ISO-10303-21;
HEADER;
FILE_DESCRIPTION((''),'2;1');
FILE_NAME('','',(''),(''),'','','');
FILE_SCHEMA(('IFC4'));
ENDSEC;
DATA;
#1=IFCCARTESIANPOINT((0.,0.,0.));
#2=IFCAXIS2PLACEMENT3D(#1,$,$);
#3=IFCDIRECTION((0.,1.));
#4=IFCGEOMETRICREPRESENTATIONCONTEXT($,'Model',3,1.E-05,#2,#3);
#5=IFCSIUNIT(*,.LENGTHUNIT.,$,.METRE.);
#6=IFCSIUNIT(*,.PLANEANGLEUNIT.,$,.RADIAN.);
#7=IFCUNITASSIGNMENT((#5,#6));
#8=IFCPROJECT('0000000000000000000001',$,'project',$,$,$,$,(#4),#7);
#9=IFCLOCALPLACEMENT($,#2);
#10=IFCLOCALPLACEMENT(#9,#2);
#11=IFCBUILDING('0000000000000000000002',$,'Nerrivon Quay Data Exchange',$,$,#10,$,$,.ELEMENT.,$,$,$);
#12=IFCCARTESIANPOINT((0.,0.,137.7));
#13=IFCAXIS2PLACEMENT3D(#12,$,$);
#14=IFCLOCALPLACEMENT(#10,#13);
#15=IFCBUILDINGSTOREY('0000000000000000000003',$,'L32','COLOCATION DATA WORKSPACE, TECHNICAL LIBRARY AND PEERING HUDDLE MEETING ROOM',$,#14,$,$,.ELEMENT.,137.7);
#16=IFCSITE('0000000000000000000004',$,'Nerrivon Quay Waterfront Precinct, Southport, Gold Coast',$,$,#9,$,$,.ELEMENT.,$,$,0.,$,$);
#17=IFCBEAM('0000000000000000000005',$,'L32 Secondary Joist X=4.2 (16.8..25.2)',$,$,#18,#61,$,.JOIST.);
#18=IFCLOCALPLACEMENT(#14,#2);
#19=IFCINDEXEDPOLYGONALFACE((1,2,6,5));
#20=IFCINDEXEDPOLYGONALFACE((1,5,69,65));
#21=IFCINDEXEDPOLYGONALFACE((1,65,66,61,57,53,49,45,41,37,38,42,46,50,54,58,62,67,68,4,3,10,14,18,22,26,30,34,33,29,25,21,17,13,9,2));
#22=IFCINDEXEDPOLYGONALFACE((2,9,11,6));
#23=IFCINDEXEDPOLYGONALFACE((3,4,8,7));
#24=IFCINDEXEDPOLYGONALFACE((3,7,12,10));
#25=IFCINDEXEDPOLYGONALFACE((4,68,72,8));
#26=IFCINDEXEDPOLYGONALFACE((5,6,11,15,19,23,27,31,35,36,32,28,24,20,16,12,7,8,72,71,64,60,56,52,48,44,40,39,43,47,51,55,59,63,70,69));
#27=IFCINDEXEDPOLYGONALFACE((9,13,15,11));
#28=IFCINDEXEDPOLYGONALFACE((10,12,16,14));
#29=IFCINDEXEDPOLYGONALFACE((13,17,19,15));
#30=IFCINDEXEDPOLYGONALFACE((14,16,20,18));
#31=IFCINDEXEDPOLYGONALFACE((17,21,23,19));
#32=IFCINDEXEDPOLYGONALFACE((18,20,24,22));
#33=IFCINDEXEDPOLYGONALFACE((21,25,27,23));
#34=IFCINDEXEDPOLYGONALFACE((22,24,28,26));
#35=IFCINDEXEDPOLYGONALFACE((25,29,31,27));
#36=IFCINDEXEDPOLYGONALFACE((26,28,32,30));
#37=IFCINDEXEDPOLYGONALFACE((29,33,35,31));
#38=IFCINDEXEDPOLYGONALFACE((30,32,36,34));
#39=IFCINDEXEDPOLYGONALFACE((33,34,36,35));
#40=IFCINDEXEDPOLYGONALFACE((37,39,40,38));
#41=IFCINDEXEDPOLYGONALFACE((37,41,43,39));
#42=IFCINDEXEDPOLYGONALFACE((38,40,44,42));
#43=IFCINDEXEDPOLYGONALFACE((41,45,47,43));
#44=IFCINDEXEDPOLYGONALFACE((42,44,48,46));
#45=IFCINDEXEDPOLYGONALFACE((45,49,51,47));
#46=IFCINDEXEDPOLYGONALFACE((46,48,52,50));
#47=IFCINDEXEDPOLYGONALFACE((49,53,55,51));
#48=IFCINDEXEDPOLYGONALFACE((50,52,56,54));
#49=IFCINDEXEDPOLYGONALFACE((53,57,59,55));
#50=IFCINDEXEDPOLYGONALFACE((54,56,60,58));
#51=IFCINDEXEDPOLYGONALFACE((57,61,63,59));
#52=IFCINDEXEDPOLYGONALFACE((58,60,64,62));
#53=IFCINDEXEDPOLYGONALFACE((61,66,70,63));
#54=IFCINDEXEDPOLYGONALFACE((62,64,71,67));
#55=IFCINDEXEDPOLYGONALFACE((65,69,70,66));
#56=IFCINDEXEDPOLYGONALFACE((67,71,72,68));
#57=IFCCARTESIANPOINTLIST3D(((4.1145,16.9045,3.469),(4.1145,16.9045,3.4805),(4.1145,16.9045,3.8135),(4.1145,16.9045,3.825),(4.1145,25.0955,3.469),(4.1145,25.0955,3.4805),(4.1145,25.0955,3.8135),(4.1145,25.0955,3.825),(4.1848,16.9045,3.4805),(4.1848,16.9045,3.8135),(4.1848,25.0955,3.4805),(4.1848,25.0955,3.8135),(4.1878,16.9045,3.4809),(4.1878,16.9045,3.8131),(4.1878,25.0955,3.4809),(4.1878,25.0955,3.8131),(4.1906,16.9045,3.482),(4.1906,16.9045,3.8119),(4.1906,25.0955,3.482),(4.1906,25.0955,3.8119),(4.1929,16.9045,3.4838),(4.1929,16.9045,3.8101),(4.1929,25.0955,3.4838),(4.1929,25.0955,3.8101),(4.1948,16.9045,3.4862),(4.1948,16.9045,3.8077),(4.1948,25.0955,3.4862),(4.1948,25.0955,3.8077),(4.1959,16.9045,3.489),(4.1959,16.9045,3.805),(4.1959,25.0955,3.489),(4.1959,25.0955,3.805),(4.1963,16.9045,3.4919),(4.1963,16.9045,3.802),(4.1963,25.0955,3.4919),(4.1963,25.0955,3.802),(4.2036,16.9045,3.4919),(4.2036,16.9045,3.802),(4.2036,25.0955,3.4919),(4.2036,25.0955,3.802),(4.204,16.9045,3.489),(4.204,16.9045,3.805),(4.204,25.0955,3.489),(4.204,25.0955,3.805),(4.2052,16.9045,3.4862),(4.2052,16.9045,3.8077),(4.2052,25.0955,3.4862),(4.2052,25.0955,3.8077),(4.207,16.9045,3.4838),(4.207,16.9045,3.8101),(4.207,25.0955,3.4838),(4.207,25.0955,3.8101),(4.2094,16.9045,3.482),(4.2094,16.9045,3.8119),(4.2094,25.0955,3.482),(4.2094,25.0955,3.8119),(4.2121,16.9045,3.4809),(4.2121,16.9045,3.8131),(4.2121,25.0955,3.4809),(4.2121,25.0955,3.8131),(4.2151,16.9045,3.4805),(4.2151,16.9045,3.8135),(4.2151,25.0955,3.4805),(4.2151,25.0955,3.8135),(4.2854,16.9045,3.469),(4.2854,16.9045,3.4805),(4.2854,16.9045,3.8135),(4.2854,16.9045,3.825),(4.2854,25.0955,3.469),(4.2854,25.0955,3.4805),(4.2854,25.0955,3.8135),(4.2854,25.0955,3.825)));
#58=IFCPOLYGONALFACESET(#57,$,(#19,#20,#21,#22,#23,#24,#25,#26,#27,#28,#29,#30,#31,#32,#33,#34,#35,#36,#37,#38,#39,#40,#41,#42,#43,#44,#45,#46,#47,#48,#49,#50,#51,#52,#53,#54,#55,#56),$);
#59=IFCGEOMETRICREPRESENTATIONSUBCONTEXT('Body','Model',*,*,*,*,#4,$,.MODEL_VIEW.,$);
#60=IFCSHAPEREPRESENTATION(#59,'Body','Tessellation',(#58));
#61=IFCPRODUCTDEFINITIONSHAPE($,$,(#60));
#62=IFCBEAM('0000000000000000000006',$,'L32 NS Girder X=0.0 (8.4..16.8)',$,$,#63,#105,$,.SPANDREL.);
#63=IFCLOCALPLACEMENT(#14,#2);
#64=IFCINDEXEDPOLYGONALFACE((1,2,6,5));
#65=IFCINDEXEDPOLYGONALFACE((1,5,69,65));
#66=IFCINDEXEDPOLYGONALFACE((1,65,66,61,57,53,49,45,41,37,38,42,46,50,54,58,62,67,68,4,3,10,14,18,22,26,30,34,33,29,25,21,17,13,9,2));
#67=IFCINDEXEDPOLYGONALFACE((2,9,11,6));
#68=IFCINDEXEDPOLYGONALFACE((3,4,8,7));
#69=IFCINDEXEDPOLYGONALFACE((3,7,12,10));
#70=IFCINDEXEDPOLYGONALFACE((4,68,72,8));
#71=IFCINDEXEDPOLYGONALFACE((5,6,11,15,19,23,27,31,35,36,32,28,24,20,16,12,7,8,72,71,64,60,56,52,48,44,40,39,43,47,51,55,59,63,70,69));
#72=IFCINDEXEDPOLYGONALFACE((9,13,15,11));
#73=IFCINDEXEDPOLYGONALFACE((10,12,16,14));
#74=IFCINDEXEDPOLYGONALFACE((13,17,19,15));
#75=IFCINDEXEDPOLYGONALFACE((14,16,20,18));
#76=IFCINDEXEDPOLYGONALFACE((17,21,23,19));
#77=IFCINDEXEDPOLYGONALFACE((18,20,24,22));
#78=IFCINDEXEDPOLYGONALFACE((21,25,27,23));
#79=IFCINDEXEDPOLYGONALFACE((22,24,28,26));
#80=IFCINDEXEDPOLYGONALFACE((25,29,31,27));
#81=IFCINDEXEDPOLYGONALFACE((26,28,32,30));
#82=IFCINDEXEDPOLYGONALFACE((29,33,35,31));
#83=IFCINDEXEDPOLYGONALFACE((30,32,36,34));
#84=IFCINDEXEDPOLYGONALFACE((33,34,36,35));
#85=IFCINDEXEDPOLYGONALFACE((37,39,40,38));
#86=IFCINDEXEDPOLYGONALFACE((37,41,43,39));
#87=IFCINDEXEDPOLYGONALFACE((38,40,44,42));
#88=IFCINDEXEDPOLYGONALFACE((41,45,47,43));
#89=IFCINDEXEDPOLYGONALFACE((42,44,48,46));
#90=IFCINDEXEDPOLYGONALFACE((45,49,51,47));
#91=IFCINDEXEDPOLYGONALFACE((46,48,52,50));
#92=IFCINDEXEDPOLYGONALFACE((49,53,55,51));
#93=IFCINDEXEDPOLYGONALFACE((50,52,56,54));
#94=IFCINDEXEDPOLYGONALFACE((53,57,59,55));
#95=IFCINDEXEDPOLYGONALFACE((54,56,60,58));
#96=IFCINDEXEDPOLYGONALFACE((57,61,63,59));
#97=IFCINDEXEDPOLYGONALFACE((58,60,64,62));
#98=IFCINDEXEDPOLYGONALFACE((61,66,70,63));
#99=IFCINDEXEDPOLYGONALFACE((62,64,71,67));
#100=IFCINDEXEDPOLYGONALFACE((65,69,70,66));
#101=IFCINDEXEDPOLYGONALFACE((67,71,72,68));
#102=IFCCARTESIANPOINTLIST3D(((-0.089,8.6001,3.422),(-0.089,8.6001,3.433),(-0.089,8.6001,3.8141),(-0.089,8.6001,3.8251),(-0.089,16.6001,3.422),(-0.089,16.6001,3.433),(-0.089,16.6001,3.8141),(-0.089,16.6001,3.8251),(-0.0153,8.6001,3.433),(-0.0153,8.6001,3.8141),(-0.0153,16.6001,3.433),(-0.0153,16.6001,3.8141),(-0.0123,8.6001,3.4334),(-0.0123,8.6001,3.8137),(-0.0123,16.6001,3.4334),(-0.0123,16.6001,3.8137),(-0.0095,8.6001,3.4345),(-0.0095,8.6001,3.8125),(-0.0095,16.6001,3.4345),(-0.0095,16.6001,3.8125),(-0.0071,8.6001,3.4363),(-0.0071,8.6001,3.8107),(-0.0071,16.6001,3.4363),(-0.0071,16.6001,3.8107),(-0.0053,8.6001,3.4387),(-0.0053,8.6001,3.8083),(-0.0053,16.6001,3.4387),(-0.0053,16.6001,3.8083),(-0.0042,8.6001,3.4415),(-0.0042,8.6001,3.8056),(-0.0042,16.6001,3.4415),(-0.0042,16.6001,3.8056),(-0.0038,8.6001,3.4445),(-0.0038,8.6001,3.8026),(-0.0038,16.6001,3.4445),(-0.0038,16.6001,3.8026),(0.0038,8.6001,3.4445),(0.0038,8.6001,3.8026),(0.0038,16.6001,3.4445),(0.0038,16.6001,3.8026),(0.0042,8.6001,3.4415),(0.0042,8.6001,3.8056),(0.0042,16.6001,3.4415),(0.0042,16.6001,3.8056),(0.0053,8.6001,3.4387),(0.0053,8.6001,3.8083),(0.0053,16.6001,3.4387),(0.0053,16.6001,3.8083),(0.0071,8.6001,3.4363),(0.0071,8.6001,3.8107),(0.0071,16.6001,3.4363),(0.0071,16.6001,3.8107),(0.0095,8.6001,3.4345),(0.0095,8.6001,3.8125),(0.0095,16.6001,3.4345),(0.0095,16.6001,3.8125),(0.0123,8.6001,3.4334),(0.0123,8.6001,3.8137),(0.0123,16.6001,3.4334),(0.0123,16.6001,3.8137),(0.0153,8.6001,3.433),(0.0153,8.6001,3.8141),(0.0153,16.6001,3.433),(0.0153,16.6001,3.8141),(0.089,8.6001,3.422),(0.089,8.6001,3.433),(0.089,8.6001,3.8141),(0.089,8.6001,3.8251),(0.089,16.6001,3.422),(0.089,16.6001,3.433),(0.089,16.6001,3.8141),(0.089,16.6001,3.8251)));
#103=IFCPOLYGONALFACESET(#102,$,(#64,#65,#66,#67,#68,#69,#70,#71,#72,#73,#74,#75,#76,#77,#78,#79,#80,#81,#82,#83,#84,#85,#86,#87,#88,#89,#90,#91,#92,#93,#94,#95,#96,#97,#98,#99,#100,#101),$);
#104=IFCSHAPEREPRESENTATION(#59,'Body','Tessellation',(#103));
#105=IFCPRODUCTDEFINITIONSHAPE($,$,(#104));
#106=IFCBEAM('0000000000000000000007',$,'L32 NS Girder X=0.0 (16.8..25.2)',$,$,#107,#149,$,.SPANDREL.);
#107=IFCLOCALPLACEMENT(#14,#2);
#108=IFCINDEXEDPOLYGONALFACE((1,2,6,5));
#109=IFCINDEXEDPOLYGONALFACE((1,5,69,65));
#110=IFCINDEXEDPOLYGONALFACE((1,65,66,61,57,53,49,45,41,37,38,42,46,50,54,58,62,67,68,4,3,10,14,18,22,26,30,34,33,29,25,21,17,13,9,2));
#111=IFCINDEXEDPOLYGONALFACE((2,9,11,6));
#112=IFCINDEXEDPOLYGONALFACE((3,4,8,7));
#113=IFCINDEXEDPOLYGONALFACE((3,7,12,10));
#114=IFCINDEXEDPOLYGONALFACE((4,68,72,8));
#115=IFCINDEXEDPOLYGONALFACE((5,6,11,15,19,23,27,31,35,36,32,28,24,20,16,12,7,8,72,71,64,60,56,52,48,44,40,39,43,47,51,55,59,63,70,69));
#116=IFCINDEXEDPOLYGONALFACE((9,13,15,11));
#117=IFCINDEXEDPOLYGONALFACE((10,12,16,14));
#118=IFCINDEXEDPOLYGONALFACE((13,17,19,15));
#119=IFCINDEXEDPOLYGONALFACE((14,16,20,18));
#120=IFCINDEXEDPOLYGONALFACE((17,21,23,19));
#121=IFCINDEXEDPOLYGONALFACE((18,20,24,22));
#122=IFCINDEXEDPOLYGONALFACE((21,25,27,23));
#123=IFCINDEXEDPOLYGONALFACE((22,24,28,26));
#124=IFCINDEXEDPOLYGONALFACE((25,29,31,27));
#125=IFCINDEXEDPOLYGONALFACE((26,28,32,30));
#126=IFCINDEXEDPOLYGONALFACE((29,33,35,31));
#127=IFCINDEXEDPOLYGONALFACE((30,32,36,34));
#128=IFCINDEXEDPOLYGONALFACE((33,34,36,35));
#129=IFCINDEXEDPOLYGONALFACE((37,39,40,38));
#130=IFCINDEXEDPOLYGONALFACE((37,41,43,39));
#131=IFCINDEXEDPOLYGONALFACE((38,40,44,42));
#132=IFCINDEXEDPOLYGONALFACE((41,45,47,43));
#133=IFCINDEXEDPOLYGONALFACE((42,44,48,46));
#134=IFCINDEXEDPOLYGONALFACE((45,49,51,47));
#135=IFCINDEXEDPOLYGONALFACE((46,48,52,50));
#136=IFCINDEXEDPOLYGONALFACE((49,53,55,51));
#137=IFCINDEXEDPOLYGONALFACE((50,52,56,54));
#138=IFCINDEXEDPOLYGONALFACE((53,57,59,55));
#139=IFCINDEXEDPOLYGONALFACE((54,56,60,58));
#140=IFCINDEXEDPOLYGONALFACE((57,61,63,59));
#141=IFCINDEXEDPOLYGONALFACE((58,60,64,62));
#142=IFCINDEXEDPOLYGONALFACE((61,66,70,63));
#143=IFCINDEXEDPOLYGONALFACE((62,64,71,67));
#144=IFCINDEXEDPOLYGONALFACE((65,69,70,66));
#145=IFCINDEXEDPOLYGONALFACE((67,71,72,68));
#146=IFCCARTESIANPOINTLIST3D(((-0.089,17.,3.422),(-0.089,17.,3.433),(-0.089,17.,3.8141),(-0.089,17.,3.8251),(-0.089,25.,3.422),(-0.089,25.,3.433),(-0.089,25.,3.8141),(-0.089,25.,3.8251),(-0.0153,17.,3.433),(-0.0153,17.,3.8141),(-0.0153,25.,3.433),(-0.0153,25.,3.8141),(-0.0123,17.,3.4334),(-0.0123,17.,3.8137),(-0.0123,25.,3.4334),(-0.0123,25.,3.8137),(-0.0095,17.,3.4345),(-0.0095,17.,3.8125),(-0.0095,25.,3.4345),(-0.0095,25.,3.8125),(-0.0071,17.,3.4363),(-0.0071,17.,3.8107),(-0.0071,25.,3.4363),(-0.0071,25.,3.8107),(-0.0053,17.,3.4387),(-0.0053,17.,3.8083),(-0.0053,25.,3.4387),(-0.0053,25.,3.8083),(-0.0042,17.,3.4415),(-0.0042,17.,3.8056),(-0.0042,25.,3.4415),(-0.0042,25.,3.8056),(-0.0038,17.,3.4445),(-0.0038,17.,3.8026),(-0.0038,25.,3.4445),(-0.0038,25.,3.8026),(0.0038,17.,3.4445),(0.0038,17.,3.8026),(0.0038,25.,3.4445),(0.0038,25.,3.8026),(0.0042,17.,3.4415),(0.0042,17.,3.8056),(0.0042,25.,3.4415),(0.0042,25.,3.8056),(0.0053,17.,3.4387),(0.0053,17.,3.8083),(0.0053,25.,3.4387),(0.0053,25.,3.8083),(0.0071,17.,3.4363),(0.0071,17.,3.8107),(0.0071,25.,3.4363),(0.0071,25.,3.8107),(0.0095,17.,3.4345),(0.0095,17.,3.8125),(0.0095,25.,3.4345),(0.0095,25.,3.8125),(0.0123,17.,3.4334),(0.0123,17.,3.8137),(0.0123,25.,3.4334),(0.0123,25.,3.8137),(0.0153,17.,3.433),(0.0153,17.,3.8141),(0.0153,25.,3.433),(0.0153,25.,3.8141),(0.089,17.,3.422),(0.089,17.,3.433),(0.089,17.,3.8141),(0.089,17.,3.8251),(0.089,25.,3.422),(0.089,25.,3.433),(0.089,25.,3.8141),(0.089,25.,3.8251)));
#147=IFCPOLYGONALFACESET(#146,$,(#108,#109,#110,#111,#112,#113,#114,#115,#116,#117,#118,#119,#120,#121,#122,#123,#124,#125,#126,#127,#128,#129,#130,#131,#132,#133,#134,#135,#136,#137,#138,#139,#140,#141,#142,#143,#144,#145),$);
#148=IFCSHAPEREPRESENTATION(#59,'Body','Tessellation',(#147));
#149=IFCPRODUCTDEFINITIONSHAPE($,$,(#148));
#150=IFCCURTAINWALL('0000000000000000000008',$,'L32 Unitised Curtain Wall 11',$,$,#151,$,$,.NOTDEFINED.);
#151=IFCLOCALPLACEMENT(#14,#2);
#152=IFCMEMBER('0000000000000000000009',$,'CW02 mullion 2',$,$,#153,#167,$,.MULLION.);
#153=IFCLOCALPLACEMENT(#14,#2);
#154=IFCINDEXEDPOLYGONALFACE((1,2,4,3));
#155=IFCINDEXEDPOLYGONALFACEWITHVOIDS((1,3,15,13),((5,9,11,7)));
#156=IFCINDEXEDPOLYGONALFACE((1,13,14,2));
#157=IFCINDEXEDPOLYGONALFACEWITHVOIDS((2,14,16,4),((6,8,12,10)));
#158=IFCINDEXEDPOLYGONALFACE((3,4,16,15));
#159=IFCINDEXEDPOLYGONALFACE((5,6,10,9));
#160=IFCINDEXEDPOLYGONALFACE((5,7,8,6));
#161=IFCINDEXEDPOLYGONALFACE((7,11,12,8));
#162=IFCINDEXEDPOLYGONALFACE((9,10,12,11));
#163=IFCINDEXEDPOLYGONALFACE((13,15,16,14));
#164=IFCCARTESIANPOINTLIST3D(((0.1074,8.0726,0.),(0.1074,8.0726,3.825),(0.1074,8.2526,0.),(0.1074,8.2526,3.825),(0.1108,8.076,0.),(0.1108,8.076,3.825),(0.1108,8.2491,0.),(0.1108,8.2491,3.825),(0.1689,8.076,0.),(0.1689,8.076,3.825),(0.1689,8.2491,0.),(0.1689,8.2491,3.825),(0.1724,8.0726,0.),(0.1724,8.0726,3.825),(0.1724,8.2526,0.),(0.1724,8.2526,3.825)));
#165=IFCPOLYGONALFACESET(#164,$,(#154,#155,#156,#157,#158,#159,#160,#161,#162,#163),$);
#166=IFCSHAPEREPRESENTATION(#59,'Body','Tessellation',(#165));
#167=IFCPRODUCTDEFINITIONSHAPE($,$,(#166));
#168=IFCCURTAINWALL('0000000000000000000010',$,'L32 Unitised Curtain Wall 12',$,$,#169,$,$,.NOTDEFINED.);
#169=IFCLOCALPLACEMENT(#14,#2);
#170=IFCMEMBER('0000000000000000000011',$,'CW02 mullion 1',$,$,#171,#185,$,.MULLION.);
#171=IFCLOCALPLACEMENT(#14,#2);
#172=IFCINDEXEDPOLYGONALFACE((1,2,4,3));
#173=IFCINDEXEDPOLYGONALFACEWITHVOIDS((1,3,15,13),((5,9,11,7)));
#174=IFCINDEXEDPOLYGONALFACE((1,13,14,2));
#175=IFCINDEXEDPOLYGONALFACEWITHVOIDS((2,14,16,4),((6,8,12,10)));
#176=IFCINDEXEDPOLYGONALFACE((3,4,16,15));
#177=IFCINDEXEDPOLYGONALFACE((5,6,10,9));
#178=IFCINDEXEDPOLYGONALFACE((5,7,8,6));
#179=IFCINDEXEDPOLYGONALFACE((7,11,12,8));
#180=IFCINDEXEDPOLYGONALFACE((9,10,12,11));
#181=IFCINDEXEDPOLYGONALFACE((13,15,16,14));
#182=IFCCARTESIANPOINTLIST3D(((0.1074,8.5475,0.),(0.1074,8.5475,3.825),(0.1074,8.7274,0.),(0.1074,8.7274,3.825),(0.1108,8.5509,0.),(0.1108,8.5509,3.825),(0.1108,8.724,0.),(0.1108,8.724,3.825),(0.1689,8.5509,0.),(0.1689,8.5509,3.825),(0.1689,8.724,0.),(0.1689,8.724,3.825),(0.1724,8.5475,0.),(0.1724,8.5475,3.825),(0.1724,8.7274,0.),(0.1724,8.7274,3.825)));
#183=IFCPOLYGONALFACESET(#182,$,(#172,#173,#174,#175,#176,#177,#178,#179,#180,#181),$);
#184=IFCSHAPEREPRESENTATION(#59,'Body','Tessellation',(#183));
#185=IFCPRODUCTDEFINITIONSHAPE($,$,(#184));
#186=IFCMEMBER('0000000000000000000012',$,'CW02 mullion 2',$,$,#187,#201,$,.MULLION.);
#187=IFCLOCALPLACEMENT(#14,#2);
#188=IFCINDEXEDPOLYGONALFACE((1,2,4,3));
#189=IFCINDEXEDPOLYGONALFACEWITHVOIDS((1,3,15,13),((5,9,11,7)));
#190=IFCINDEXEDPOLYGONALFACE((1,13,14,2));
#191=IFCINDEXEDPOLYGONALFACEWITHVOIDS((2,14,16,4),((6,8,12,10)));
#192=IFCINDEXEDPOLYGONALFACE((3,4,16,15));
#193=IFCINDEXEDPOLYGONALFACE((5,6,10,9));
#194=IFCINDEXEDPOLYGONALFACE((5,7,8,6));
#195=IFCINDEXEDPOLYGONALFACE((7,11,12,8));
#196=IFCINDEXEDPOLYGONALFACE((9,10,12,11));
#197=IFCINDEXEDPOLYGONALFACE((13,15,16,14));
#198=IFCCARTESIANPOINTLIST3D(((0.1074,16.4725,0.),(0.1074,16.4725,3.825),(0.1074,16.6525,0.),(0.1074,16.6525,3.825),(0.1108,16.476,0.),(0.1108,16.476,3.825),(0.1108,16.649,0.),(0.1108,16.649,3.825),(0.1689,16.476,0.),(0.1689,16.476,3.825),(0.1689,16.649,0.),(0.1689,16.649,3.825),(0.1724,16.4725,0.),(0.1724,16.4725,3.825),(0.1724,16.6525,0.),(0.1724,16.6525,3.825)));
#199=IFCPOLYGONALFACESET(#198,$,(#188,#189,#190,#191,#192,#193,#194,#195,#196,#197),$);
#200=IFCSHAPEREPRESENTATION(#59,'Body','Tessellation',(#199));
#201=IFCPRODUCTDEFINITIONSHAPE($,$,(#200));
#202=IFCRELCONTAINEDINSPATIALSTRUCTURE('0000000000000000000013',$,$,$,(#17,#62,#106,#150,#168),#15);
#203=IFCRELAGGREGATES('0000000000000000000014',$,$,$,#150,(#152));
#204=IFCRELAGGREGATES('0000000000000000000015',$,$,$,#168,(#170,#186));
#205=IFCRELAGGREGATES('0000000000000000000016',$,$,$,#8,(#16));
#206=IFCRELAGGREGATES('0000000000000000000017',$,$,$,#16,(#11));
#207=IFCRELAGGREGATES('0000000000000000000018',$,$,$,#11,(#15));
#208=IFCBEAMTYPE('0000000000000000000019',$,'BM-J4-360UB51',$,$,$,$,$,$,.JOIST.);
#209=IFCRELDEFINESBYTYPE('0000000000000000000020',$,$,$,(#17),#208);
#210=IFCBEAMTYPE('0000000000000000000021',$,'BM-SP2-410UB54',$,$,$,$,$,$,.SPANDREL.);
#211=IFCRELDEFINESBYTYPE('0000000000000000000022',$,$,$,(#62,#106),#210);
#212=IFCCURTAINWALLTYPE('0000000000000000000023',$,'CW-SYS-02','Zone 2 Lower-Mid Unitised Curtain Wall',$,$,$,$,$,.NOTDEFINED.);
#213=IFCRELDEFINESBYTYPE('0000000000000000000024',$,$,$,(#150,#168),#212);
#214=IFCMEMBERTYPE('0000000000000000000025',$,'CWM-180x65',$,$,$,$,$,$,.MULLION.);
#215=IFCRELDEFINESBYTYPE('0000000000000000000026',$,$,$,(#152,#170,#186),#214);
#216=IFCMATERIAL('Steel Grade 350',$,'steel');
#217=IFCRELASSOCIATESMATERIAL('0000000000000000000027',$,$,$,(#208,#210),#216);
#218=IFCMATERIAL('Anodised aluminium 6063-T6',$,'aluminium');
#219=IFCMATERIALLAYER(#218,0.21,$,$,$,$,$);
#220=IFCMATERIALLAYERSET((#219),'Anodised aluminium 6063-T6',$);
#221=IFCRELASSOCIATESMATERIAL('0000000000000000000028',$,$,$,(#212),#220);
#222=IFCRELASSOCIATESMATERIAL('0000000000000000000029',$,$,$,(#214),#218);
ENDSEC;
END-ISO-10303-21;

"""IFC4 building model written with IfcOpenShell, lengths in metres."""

from ifc_helpers import new_model, si_unit, direction, frame, origin, origin_2d, place, context, subcontext, project, spatial, hollow_rectangle, i_section, extrude, material, layer, layer_set, material_profile, profile_set, type_object, element, aggregate, save


model = new_model("IFC4")

# Units and contexts
model_context = context("Model", 3, precision=1e-05, world=origin(), true_north=direction((0.0, 1.0)))
body_context = subcontext(model_context, "Body", "Model", "MODEL_VIEW")
ifc_project = project(units=[si_unit("LENGTHUNIT", "METRE"), si_unit("PLANEANGLEUNIT", "RADIAN")], contexts=[model_context])

# Site, building, storey
site_placement = place(None, origin())
site = spatial("IfcSite", under=ifc_project, at=site_placement, Name="Nerrivon Quay Waterfront Precinct, Southport, Gold Coast", CompositionType="ELEMENT", RefElevation=0.0)
building_placement = place(site_placement, origin())
building = spatial("IfcBuilding", under=site, at=building_placement, Name="Nerrivon Quay Data Exchange", CompositionType="ELEMENT")
storey_placement = place(building_placement, frame((0.0, 0.0, 137.7)))
storey = spatial("IfcBuildingStorey", under=building, at=storey_placement, Name="L32", Description="COLOCATION DATA WORKSPACE, TECHNICAL LIBRARY AND PEERING HUDDLE MEETING ROOM", CompositionType="ELEMENT", Elevation=137.7)

# Shared definitions
ifc_material_1 = material(Name="Steel Grade 350", Category="steel")

# Beams
ifc_material_profile_1 = material_profile(ifc_material_1, i_section(OverallWidth=0.1709, OverallDepth=0.356, WebThickness=0.0073, FlangeThickness=0.0115, FilletRadius=0.0115, at=origin_2d()), Name="360UB50.7")
ifc_profile_set_1 = profile_set([ifc_material_profile_1], Name="Steel Grade 350")
beam_type_1 = type_object("IfcBeamType", Name="BM-J4-360UB51", PredefinedType="JOIST", material=ifc_profile_set_1)
beam_1_placement = place(storey_placement, frame((4.2, 16.9045, 3.647), z_axis=(0.0, 1.0, 0.0), x_axis=(-1.0, 0.0, 0.0)))
element("IfcBeam", 1, at=beam_1_placement, inside=storey, type_object=beam_type_1, Name="L32 Secondary Joist X=4.2 (16.8..25.2)", PredefinedType="JOIST", context=body_context, shape_type="SweptSolid", body=[
    extrude(i_section(OverallWidth=0.1709, OverallDepth=0.356, WebThickness=0.0073, FlangeThickness=0.0115, FilletRadius=0.0115, at=origin_2d()), origin(), (0.0, 0.0, 1.0), 8.1909),
])
ifc_material_profile_2 = material_profile(ifc_material_1, i_section(OverallWidth=0.178, OverallDepth=0.4031, WebThickness=0.0076, FlangeThickness=0.011, FilletRadius=0.0115, at=origin_2d()), Name="410UB53.7")
ifc_profile_set_2 = profile_set([ifc_material_profile_2], Name="Steel Grade 350")
beam_type_2 = type_object("IfcBeamType", Name="BM-SP2-410UB54", PredefinedType="SPANDREL", material=ifc_profile_set_2)
for number, where, z_axis, x_axis, name in (
    (2, (0.0, 8.6001, 3.6235), (0.0, 1.0, 0.0), (-1.0, 0.0, 0.0), "L32 NS Girder X=0.0 (8.4..16.8)"),
    (3, (0.0, 17.0, 3.6235), (0.0, 1.0, 0.0), (-1.0, 0.0, 0.0), "L32 NS Girder X=0.0 (16.8..25.2)"),
):
    element("IfcBeam", number, at=place(storey_placement, frame(where, z_axis=z_axis, x_axis=x_axis)), inside=storey, type_object=beam_type_2, Name=name, PredefinedType="SPANDREL", context=body_context, shape_type="SweptSolid", body=[
        extrude(i_section(OverallWidth=0.178, OverallDepth=0.4031, WebThickness=0.0076, FlangeThickness=0.011, FilletRadius=0.0115, at=origin_2d()), origin(), (0.0, 0.0, 1.0), 8.0),
    ])

# Curtain wall, member
ifc_material_2 = material(Name="Anodised aluminium 6063-T6", Category="aluminium")
ifc_layer_1 = layer(ifc_material_2, 0.21)
ifc_layer_set_1 = layer_set([ifc_layer_1], Name="Anodised aluminium 6063-T6")
curtain_wall_type = type_object("IfcCurtainWallType", Name="CW-SYS-02", Description="Zone 2 Lower-Mid Unitised Curtain Wall", PredefinedType="NOTDEFINED", material=ifc_layer_set_1)
curtain_wall_1_placement = place(storey_placement, origin())
curtain_wall_1 = element("IfcCurtainWall", 4, at=curtain_wall_1_placement, inside=storey, type_object=curtain_wall_type, Name="L32 Unitised Curtain Wall 11", PredefinedType="NOTDEFINED")
ifc_material_profile_3 = material_profile(ifc_material_2, hollow_rectangle(XDim=0.0649, YDim=0.1799, WallThickness=0.0034, at=origin_2d()), Name="ALU-MULL-180x65")
ifc_profile_set_3 = profile_set([ifc_material_profile_3], Name="Anodised aluminium 6063-T6")
member_type_1 = type_object("IfcMemberType", Name="CWM-180x65", PredefinedType="MULLION", material=ifc_profile_set_3)
member_1_placement = place(storey_placement, frame((0.1399, 8.1626, 0.0), z_axis=(0.0, 0.0, 1.0), x_axis=(-1.0, 0.0, 0.0)))
member_1 = element("IfcMember", 5, at=member_1_placement, type_object=member_type_1, Name="CW02 mullion 2", PredefinedType="MULLION", context=body_context, shape_type="SweptSolid", body=[
    extrude(hollow_rectangle(XDim=0.0649, YDim=0.1799, WallThickness=0.0034, at=origin_2d()), origin(), (0.0, 0.0, 1.0), 3.825),
])

# Curtain wall, members
curtain_wall_2_placement = place(storey_placement, origin())
curtain_wall_2 = element("IfcCurtainWall", 6, at=curtain_wall_2_placement, inside=storey, type_object=curtain_wall_type, Name="L32 Unitised Curtain Wall 12", PredefinedType="NOTDEFINED")
member_2_placement = place(storey_placement, frame((0.1399, 8.6375, 0.0), z_axis=(0.0, 0.0, 1.0), x_axis=(-1.0, 0.0, 0.0)))
member_2 = element("IfcMember", 7, at=member_2_placement, type_object=member_type_1, Name="CW02 mullion 1", PredefinedType="MULLION", context=body_context, shape_type="SweptSolid", body=[
    extrude(hollow_rectangle(XDim=0.0649, YDim=0.1799, WallThickness=0.0034, at=origin_2d()), origin(), (0.0, 0.0, 1.0), 3.825),
])
member_3_placement = place(storey_placement, frame((0.1399, 16.5625, 0.0), z_axis=(0.0, 0.0, 1.0), x_axis=(-1.0, 0.0, 0.0)))
member_3 = element("IfcMember", 8, at=member_3_placement, type_object=member_type_1, Name="CW02 mullion 2", PredefinedType="MULLION", context=body_context, shape_type="SweptSolid", body=[
    extrude(hollow_rectangle(XDim=0.0649, YDim=0.1799, WallThickness=0.0034, at=origin_2d()), origin(), (0.0, 0.0, 1.0), 3.825),
])

aggregate(curtain_wall_1, [member_1])
aggregate(curtain_wall_2, [member_2, member_3])

save(model, "model.ifc")
